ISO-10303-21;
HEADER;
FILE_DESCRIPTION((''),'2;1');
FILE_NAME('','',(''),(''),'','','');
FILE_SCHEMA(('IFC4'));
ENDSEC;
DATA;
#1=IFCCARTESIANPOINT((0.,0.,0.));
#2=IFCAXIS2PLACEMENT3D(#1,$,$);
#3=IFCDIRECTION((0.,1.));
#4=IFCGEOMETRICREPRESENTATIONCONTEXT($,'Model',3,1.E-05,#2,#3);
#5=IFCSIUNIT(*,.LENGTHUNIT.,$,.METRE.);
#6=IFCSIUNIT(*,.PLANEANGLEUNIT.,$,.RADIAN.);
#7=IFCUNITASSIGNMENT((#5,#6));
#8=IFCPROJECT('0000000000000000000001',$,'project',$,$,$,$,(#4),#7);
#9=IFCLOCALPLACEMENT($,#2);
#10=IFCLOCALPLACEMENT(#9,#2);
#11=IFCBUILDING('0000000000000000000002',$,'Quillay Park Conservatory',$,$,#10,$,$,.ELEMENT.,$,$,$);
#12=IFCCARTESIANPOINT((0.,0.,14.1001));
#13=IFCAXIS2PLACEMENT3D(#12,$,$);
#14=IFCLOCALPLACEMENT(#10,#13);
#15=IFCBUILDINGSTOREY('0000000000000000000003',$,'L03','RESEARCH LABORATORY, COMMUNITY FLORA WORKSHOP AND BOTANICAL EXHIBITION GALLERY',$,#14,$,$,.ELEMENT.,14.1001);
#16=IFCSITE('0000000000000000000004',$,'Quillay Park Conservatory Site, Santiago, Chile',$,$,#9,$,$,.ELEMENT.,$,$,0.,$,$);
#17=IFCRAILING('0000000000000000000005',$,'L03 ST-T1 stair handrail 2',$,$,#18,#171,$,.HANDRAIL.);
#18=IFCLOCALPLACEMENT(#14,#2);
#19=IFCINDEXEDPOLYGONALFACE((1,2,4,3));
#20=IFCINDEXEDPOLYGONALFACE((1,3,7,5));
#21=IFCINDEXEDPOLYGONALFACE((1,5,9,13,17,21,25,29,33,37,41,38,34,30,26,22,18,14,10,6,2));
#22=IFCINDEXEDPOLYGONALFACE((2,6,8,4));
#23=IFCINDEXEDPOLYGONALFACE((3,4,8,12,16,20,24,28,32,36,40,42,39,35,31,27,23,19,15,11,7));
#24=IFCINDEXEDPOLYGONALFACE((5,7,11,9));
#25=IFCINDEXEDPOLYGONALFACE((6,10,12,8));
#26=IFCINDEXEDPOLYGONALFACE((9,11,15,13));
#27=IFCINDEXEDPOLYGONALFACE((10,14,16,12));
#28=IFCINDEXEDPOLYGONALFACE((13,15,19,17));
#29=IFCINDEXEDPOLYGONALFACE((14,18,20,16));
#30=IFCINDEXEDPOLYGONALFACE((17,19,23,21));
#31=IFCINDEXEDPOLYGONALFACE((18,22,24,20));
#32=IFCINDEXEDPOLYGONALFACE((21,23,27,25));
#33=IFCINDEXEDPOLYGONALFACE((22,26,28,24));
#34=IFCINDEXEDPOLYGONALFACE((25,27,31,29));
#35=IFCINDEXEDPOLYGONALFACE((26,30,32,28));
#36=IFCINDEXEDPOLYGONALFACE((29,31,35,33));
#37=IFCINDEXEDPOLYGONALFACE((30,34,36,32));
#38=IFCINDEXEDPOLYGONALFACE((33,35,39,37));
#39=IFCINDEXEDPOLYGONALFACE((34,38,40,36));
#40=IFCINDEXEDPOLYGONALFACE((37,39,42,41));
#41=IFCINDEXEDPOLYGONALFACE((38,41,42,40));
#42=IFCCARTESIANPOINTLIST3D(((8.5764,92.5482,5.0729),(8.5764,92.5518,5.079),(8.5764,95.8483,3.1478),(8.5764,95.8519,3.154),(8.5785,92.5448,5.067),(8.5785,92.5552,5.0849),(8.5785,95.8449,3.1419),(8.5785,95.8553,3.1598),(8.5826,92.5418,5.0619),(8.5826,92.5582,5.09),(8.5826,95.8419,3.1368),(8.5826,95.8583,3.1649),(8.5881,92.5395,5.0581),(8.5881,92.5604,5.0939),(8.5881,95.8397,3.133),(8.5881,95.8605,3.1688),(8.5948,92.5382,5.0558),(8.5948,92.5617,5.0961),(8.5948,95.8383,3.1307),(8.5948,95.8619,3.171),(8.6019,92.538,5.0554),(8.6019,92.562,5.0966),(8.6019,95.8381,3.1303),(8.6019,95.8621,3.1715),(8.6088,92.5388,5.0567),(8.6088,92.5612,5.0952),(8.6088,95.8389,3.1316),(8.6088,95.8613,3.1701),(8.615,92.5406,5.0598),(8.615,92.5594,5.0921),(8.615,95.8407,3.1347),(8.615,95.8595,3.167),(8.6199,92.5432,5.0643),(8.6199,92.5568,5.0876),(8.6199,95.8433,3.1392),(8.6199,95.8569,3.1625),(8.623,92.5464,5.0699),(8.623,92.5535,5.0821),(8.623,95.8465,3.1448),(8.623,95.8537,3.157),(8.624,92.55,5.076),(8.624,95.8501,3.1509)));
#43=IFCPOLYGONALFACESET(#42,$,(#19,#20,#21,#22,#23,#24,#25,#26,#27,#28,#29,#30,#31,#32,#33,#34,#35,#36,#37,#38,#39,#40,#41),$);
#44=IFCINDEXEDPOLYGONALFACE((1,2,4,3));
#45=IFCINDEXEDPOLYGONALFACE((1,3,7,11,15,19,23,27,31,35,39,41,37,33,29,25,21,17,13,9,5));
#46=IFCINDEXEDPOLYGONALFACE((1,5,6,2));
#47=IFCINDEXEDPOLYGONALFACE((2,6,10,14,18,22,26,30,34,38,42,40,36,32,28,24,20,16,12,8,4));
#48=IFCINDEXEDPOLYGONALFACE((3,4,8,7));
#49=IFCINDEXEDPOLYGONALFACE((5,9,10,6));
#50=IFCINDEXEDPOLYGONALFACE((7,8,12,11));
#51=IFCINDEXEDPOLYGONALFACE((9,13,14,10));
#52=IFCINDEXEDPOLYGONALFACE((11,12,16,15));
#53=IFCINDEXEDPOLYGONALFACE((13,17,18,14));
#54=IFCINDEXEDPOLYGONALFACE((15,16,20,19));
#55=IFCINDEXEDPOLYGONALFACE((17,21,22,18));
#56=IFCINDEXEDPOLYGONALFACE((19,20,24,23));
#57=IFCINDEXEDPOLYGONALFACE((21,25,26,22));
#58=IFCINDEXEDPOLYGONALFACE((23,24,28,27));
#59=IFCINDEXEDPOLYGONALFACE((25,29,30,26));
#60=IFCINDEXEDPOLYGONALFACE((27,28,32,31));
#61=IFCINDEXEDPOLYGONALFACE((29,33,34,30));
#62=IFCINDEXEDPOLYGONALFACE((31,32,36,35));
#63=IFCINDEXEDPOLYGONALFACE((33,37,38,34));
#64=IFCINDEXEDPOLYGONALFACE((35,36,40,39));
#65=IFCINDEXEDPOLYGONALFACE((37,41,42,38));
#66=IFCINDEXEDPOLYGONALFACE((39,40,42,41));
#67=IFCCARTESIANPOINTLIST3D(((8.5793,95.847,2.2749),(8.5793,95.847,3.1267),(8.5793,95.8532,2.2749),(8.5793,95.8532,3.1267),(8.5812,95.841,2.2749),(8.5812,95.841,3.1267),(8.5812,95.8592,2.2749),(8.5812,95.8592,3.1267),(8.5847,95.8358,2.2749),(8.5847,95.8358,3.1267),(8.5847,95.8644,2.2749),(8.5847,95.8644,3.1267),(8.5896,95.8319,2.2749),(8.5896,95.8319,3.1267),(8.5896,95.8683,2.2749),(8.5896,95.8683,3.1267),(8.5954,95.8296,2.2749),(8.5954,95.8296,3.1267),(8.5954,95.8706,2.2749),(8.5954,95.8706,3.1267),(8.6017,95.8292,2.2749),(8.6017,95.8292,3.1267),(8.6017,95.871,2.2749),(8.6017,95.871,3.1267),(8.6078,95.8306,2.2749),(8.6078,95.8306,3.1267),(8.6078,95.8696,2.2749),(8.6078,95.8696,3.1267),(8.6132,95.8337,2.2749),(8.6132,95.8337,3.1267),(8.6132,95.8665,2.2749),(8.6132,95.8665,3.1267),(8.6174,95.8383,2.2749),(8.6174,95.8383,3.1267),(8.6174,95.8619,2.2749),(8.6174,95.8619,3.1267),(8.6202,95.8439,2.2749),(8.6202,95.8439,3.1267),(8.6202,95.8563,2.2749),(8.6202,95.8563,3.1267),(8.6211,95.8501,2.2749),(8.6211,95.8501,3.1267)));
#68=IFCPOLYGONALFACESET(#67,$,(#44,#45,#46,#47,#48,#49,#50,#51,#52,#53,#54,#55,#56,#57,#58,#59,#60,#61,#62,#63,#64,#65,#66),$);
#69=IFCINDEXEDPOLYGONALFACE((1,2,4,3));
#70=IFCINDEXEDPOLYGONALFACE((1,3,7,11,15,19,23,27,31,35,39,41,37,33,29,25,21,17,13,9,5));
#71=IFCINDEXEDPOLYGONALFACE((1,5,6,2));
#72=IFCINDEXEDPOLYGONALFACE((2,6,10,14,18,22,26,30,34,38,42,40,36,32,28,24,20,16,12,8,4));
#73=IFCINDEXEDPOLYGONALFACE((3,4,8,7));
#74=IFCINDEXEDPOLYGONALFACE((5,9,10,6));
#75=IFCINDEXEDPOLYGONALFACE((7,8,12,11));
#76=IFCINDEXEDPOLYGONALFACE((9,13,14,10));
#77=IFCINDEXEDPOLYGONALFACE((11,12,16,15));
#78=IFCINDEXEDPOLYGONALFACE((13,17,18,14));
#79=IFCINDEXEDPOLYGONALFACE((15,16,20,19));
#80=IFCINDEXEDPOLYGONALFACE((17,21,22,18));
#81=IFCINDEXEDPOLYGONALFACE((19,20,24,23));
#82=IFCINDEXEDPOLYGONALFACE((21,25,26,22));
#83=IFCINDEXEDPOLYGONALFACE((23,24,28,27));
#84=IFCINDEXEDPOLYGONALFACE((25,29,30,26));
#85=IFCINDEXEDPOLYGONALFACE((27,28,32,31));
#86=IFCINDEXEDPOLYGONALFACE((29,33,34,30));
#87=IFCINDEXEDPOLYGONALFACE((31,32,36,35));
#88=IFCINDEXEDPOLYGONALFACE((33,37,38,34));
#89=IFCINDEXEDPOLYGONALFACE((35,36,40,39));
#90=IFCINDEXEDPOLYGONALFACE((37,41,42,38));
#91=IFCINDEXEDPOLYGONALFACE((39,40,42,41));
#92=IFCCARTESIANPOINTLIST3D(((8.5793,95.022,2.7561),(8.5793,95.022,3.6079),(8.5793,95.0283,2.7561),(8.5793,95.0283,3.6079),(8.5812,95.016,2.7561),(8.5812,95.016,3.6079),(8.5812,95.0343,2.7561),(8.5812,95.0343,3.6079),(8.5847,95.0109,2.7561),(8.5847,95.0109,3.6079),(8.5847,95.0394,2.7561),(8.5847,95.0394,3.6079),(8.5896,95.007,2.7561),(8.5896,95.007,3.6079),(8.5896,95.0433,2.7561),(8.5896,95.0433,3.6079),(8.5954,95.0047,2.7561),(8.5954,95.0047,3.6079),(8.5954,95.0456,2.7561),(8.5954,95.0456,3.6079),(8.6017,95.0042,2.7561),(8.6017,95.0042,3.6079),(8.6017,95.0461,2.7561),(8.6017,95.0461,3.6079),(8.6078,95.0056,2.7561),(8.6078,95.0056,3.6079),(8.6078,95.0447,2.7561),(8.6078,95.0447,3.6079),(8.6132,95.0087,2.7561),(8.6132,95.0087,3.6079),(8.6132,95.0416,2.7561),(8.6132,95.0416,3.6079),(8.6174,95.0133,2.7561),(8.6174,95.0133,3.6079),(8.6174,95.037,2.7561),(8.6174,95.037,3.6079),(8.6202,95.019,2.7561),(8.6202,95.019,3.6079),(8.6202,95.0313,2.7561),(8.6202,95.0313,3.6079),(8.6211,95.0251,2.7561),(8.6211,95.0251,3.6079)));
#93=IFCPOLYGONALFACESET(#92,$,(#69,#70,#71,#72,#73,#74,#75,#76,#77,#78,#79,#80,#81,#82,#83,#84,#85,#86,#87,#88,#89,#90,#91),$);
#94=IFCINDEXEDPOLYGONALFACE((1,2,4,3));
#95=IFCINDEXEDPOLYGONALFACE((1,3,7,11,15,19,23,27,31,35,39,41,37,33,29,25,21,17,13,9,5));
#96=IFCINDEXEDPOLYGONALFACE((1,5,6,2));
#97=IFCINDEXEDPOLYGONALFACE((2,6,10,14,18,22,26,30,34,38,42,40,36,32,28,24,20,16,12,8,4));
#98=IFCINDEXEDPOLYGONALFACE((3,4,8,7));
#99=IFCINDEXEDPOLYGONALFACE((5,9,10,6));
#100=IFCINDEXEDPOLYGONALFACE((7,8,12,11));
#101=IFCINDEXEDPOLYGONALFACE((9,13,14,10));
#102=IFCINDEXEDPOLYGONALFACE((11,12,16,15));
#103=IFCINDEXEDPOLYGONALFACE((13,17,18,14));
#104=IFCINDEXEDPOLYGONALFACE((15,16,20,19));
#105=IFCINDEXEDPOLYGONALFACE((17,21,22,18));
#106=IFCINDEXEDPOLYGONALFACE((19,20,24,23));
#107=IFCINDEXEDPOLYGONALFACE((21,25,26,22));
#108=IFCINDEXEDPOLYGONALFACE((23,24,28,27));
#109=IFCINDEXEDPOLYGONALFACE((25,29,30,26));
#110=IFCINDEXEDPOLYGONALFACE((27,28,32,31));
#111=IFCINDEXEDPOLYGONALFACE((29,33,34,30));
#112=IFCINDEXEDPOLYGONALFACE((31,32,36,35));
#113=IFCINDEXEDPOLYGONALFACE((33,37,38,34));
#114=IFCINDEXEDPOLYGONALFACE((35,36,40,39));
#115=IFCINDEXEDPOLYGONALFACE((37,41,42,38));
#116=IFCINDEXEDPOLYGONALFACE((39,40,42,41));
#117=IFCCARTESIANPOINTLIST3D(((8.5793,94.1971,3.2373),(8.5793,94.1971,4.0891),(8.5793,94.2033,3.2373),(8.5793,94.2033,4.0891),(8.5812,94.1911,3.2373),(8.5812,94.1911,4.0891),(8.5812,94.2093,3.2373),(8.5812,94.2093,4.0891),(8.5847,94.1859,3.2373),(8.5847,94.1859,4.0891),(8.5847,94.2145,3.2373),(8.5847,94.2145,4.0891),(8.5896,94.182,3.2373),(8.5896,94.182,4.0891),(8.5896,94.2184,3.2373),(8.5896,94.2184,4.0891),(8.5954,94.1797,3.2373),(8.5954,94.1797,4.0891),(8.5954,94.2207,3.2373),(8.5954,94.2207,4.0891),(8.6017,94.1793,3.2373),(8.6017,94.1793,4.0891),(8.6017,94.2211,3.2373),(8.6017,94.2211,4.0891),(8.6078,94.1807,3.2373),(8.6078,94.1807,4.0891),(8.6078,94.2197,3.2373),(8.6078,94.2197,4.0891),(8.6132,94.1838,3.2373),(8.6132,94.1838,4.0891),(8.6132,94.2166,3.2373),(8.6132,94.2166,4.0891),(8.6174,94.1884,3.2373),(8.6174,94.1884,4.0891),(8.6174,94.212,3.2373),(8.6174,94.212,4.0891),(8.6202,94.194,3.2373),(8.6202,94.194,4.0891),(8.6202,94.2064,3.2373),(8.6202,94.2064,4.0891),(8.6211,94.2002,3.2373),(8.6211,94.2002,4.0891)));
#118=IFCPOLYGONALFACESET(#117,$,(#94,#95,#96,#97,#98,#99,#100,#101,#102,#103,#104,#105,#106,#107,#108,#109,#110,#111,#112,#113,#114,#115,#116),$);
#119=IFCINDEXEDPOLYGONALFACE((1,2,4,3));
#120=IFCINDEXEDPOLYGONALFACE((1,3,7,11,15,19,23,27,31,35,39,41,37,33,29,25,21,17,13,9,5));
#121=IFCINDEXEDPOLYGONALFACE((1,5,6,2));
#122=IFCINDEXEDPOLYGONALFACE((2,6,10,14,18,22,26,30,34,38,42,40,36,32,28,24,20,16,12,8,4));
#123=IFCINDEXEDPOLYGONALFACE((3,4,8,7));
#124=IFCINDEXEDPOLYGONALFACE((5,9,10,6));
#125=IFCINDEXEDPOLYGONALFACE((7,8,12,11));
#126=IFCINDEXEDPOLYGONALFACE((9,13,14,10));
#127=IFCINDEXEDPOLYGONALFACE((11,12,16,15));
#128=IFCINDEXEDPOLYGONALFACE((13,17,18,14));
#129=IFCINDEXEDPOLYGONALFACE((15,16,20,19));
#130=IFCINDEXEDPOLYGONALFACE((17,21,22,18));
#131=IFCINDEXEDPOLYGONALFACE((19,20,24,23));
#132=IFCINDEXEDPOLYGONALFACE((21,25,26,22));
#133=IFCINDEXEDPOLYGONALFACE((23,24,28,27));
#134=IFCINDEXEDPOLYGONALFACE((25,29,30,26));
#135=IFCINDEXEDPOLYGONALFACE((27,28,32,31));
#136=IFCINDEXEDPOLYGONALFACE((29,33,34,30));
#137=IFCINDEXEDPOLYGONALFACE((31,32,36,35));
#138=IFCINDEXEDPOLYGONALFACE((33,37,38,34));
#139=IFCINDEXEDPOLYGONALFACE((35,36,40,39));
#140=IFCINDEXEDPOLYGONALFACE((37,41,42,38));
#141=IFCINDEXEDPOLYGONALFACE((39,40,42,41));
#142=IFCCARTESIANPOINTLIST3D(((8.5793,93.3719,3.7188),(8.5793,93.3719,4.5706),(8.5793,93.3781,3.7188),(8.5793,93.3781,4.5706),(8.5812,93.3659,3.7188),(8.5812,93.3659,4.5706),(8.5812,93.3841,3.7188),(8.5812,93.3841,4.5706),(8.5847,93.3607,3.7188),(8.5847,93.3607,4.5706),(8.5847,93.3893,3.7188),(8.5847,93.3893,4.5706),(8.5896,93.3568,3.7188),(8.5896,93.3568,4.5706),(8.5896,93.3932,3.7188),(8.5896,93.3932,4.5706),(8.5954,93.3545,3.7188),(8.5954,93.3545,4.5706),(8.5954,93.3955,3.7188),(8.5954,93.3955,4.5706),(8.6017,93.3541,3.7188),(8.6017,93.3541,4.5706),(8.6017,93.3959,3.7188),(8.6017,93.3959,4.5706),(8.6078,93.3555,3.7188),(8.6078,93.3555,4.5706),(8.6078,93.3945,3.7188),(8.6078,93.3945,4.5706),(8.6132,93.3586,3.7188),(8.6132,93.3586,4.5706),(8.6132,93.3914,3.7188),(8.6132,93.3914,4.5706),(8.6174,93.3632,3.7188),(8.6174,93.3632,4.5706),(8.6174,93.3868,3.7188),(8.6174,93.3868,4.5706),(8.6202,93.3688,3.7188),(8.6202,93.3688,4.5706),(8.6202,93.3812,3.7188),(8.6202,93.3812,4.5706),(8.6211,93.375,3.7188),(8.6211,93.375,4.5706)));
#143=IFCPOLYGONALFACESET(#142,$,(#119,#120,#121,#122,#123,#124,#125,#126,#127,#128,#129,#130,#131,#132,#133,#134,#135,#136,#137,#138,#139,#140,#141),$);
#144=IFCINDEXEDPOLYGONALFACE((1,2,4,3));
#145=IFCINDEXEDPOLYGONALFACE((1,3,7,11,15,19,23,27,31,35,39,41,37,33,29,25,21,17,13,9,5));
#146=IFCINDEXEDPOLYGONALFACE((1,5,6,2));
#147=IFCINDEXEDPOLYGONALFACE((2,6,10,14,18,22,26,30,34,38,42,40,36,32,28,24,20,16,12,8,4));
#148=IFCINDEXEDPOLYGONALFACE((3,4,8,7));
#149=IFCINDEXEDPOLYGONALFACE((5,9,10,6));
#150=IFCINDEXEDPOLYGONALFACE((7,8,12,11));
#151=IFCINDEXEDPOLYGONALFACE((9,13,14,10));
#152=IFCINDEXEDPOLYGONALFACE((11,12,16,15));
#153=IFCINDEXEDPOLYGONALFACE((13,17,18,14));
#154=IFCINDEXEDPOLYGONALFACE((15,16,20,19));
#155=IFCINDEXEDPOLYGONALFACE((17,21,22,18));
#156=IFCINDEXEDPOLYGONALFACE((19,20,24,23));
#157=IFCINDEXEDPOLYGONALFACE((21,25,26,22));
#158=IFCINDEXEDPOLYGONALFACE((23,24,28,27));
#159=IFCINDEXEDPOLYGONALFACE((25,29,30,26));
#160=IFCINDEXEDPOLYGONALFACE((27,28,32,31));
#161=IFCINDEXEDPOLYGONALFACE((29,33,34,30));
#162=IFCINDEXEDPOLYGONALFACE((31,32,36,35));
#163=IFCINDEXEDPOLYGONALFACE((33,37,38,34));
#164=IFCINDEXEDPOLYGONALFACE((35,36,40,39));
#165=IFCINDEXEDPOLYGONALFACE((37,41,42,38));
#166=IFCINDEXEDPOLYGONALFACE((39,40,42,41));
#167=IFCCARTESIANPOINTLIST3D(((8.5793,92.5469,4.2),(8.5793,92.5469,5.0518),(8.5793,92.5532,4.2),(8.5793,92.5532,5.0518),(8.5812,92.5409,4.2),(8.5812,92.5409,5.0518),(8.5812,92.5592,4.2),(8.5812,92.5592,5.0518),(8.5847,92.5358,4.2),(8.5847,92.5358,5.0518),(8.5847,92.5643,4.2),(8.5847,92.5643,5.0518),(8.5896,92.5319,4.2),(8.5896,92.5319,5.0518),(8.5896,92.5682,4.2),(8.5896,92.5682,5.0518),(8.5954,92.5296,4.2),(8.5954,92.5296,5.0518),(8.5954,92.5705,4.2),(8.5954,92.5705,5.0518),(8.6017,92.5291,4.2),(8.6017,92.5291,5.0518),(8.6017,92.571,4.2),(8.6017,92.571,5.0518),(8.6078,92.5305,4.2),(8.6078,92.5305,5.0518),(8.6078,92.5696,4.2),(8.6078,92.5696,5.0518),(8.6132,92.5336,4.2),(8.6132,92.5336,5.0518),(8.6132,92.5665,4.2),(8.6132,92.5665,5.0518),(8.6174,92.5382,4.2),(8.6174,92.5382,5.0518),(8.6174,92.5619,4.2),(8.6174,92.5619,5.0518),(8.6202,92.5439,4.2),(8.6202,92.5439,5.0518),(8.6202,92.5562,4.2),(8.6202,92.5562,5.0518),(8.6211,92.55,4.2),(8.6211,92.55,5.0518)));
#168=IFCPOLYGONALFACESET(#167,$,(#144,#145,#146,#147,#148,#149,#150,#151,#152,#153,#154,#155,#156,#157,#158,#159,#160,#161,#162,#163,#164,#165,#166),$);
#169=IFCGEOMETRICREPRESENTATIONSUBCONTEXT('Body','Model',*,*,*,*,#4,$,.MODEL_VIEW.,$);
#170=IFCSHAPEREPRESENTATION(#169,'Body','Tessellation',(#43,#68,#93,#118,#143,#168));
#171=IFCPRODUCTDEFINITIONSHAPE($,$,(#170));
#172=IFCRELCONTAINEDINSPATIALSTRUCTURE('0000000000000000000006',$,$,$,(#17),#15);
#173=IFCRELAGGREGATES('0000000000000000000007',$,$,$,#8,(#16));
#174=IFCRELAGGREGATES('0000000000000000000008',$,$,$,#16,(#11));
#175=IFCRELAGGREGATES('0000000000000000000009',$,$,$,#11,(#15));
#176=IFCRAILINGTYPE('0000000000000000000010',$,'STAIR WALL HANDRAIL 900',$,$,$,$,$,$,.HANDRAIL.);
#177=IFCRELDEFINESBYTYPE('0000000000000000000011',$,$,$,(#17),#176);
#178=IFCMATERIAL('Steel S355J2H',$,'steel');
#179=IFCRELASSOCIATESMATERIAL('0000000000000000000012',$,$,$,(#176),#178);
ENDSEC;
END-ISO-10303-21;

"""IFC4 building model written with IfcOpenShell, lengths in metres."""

from ifc_helpers import new_model, si_unit, direction, frame, origin, origin_2d, place, context, subcontext, project, spatial, circle, extrude, material, type_object, element, save


model = new_model("IFC4")

# Units and contexts
model_context = context("Model", 3, precision=1e-05, world=origin(), true_north=direction((0.0, 1.0)))
body_context = subcontext(model_context, "Body", "Model", "MODEL_VIEW")
ifc_project = project(units=[si_unit("LENGTHUNIT", "METRE"), si_unit("PLANEANGLEUNIT", "RADIAN")], contexts=[model_context])

# Site, building, storey
site_placement = place(None, origin())
site = spatial("IfcSite", under=ifc_project, at=site_placement, Name="Quillay Park Conservatory Site, Santiago, Chile", CompositionType="ELEMENT", RefElevation=0.0)
building_placement = place(site_placement, origin())
building = spatial("IfcBuilding", under=site, at=building_placement, Name="Quillay Park Conservatory", CompositionType="ELEMENT")
storey_placement = place(building_placement, frame((0.0, 0.0, 14.1001)))
storey = spatial("IfcBuildingStorey", under=building, at=storey_placement, Name="L03", Description="RESEARCH LABORATORY, COMMUNITY FLORA WORKSHOP AND BOTANICAL EXHIBITION GALLERY", CompositionType="ELEMENT", Elevation=14.1001)

# Railing
ifc_material_1 = material(Name="Steel S355J2H", Category="steel")
railing_type_1 = type_object("IfcRailingType", Name="STAIR WALL HANDRAIL 900", PredefinedType="HANDRAIL", material=ifc_material_1)
railing_1_placement = place(storey_placement, frame((8.6001, 95.8501, 2.2749)))
element("IfcRailing", 1, at=railing_1_placement, inside=storey, type_object=railing_type_1, Name="L03 ST-T1 stair handrail 2", PredefinedType="HANDRAIL", context=body_context, shape_type="SweptSolid", body=[
    extrude(circle(Radius=0.0239, at=origin_2d()), frame((0.0, 0.0, 0.876), z_axis=(0.0, -0.863777, 0.503875), x_axis=(1.0, 0.0, 0.0)), (0.0, 0.0, 1.0), 3.8206),
    extrude(circle(Radius=0.021, at=origin_2d()), origin(), (0.0, 0.0, 1.0), 0.8518),
    extrude(circle(Radius=0.021, at=origin_2d()), frame((0.0, -0.825, 0.4812)), (0.0, 0.0, 1.0), 0.8518),
    extrude(circle(Radius=0.021, at=origin_2d()), frame((0.0, -1.6499, 0.9624)), (0.0, 0.0, 1.0), 0.8518),
    extrude(circle(Radius=0.021, at=origin_2d()), frame((0.0, -2.4751, 1.4438)), (0.0, 0.0, 1.0), 0.8518),
    extrude(circle(Radius=0.021, at=origin_2d()), frame((0.0, -3.3, 1.925)), (0.0, 0.0, 1.0), 0.8518),
])

save(model, "model.ifc")
